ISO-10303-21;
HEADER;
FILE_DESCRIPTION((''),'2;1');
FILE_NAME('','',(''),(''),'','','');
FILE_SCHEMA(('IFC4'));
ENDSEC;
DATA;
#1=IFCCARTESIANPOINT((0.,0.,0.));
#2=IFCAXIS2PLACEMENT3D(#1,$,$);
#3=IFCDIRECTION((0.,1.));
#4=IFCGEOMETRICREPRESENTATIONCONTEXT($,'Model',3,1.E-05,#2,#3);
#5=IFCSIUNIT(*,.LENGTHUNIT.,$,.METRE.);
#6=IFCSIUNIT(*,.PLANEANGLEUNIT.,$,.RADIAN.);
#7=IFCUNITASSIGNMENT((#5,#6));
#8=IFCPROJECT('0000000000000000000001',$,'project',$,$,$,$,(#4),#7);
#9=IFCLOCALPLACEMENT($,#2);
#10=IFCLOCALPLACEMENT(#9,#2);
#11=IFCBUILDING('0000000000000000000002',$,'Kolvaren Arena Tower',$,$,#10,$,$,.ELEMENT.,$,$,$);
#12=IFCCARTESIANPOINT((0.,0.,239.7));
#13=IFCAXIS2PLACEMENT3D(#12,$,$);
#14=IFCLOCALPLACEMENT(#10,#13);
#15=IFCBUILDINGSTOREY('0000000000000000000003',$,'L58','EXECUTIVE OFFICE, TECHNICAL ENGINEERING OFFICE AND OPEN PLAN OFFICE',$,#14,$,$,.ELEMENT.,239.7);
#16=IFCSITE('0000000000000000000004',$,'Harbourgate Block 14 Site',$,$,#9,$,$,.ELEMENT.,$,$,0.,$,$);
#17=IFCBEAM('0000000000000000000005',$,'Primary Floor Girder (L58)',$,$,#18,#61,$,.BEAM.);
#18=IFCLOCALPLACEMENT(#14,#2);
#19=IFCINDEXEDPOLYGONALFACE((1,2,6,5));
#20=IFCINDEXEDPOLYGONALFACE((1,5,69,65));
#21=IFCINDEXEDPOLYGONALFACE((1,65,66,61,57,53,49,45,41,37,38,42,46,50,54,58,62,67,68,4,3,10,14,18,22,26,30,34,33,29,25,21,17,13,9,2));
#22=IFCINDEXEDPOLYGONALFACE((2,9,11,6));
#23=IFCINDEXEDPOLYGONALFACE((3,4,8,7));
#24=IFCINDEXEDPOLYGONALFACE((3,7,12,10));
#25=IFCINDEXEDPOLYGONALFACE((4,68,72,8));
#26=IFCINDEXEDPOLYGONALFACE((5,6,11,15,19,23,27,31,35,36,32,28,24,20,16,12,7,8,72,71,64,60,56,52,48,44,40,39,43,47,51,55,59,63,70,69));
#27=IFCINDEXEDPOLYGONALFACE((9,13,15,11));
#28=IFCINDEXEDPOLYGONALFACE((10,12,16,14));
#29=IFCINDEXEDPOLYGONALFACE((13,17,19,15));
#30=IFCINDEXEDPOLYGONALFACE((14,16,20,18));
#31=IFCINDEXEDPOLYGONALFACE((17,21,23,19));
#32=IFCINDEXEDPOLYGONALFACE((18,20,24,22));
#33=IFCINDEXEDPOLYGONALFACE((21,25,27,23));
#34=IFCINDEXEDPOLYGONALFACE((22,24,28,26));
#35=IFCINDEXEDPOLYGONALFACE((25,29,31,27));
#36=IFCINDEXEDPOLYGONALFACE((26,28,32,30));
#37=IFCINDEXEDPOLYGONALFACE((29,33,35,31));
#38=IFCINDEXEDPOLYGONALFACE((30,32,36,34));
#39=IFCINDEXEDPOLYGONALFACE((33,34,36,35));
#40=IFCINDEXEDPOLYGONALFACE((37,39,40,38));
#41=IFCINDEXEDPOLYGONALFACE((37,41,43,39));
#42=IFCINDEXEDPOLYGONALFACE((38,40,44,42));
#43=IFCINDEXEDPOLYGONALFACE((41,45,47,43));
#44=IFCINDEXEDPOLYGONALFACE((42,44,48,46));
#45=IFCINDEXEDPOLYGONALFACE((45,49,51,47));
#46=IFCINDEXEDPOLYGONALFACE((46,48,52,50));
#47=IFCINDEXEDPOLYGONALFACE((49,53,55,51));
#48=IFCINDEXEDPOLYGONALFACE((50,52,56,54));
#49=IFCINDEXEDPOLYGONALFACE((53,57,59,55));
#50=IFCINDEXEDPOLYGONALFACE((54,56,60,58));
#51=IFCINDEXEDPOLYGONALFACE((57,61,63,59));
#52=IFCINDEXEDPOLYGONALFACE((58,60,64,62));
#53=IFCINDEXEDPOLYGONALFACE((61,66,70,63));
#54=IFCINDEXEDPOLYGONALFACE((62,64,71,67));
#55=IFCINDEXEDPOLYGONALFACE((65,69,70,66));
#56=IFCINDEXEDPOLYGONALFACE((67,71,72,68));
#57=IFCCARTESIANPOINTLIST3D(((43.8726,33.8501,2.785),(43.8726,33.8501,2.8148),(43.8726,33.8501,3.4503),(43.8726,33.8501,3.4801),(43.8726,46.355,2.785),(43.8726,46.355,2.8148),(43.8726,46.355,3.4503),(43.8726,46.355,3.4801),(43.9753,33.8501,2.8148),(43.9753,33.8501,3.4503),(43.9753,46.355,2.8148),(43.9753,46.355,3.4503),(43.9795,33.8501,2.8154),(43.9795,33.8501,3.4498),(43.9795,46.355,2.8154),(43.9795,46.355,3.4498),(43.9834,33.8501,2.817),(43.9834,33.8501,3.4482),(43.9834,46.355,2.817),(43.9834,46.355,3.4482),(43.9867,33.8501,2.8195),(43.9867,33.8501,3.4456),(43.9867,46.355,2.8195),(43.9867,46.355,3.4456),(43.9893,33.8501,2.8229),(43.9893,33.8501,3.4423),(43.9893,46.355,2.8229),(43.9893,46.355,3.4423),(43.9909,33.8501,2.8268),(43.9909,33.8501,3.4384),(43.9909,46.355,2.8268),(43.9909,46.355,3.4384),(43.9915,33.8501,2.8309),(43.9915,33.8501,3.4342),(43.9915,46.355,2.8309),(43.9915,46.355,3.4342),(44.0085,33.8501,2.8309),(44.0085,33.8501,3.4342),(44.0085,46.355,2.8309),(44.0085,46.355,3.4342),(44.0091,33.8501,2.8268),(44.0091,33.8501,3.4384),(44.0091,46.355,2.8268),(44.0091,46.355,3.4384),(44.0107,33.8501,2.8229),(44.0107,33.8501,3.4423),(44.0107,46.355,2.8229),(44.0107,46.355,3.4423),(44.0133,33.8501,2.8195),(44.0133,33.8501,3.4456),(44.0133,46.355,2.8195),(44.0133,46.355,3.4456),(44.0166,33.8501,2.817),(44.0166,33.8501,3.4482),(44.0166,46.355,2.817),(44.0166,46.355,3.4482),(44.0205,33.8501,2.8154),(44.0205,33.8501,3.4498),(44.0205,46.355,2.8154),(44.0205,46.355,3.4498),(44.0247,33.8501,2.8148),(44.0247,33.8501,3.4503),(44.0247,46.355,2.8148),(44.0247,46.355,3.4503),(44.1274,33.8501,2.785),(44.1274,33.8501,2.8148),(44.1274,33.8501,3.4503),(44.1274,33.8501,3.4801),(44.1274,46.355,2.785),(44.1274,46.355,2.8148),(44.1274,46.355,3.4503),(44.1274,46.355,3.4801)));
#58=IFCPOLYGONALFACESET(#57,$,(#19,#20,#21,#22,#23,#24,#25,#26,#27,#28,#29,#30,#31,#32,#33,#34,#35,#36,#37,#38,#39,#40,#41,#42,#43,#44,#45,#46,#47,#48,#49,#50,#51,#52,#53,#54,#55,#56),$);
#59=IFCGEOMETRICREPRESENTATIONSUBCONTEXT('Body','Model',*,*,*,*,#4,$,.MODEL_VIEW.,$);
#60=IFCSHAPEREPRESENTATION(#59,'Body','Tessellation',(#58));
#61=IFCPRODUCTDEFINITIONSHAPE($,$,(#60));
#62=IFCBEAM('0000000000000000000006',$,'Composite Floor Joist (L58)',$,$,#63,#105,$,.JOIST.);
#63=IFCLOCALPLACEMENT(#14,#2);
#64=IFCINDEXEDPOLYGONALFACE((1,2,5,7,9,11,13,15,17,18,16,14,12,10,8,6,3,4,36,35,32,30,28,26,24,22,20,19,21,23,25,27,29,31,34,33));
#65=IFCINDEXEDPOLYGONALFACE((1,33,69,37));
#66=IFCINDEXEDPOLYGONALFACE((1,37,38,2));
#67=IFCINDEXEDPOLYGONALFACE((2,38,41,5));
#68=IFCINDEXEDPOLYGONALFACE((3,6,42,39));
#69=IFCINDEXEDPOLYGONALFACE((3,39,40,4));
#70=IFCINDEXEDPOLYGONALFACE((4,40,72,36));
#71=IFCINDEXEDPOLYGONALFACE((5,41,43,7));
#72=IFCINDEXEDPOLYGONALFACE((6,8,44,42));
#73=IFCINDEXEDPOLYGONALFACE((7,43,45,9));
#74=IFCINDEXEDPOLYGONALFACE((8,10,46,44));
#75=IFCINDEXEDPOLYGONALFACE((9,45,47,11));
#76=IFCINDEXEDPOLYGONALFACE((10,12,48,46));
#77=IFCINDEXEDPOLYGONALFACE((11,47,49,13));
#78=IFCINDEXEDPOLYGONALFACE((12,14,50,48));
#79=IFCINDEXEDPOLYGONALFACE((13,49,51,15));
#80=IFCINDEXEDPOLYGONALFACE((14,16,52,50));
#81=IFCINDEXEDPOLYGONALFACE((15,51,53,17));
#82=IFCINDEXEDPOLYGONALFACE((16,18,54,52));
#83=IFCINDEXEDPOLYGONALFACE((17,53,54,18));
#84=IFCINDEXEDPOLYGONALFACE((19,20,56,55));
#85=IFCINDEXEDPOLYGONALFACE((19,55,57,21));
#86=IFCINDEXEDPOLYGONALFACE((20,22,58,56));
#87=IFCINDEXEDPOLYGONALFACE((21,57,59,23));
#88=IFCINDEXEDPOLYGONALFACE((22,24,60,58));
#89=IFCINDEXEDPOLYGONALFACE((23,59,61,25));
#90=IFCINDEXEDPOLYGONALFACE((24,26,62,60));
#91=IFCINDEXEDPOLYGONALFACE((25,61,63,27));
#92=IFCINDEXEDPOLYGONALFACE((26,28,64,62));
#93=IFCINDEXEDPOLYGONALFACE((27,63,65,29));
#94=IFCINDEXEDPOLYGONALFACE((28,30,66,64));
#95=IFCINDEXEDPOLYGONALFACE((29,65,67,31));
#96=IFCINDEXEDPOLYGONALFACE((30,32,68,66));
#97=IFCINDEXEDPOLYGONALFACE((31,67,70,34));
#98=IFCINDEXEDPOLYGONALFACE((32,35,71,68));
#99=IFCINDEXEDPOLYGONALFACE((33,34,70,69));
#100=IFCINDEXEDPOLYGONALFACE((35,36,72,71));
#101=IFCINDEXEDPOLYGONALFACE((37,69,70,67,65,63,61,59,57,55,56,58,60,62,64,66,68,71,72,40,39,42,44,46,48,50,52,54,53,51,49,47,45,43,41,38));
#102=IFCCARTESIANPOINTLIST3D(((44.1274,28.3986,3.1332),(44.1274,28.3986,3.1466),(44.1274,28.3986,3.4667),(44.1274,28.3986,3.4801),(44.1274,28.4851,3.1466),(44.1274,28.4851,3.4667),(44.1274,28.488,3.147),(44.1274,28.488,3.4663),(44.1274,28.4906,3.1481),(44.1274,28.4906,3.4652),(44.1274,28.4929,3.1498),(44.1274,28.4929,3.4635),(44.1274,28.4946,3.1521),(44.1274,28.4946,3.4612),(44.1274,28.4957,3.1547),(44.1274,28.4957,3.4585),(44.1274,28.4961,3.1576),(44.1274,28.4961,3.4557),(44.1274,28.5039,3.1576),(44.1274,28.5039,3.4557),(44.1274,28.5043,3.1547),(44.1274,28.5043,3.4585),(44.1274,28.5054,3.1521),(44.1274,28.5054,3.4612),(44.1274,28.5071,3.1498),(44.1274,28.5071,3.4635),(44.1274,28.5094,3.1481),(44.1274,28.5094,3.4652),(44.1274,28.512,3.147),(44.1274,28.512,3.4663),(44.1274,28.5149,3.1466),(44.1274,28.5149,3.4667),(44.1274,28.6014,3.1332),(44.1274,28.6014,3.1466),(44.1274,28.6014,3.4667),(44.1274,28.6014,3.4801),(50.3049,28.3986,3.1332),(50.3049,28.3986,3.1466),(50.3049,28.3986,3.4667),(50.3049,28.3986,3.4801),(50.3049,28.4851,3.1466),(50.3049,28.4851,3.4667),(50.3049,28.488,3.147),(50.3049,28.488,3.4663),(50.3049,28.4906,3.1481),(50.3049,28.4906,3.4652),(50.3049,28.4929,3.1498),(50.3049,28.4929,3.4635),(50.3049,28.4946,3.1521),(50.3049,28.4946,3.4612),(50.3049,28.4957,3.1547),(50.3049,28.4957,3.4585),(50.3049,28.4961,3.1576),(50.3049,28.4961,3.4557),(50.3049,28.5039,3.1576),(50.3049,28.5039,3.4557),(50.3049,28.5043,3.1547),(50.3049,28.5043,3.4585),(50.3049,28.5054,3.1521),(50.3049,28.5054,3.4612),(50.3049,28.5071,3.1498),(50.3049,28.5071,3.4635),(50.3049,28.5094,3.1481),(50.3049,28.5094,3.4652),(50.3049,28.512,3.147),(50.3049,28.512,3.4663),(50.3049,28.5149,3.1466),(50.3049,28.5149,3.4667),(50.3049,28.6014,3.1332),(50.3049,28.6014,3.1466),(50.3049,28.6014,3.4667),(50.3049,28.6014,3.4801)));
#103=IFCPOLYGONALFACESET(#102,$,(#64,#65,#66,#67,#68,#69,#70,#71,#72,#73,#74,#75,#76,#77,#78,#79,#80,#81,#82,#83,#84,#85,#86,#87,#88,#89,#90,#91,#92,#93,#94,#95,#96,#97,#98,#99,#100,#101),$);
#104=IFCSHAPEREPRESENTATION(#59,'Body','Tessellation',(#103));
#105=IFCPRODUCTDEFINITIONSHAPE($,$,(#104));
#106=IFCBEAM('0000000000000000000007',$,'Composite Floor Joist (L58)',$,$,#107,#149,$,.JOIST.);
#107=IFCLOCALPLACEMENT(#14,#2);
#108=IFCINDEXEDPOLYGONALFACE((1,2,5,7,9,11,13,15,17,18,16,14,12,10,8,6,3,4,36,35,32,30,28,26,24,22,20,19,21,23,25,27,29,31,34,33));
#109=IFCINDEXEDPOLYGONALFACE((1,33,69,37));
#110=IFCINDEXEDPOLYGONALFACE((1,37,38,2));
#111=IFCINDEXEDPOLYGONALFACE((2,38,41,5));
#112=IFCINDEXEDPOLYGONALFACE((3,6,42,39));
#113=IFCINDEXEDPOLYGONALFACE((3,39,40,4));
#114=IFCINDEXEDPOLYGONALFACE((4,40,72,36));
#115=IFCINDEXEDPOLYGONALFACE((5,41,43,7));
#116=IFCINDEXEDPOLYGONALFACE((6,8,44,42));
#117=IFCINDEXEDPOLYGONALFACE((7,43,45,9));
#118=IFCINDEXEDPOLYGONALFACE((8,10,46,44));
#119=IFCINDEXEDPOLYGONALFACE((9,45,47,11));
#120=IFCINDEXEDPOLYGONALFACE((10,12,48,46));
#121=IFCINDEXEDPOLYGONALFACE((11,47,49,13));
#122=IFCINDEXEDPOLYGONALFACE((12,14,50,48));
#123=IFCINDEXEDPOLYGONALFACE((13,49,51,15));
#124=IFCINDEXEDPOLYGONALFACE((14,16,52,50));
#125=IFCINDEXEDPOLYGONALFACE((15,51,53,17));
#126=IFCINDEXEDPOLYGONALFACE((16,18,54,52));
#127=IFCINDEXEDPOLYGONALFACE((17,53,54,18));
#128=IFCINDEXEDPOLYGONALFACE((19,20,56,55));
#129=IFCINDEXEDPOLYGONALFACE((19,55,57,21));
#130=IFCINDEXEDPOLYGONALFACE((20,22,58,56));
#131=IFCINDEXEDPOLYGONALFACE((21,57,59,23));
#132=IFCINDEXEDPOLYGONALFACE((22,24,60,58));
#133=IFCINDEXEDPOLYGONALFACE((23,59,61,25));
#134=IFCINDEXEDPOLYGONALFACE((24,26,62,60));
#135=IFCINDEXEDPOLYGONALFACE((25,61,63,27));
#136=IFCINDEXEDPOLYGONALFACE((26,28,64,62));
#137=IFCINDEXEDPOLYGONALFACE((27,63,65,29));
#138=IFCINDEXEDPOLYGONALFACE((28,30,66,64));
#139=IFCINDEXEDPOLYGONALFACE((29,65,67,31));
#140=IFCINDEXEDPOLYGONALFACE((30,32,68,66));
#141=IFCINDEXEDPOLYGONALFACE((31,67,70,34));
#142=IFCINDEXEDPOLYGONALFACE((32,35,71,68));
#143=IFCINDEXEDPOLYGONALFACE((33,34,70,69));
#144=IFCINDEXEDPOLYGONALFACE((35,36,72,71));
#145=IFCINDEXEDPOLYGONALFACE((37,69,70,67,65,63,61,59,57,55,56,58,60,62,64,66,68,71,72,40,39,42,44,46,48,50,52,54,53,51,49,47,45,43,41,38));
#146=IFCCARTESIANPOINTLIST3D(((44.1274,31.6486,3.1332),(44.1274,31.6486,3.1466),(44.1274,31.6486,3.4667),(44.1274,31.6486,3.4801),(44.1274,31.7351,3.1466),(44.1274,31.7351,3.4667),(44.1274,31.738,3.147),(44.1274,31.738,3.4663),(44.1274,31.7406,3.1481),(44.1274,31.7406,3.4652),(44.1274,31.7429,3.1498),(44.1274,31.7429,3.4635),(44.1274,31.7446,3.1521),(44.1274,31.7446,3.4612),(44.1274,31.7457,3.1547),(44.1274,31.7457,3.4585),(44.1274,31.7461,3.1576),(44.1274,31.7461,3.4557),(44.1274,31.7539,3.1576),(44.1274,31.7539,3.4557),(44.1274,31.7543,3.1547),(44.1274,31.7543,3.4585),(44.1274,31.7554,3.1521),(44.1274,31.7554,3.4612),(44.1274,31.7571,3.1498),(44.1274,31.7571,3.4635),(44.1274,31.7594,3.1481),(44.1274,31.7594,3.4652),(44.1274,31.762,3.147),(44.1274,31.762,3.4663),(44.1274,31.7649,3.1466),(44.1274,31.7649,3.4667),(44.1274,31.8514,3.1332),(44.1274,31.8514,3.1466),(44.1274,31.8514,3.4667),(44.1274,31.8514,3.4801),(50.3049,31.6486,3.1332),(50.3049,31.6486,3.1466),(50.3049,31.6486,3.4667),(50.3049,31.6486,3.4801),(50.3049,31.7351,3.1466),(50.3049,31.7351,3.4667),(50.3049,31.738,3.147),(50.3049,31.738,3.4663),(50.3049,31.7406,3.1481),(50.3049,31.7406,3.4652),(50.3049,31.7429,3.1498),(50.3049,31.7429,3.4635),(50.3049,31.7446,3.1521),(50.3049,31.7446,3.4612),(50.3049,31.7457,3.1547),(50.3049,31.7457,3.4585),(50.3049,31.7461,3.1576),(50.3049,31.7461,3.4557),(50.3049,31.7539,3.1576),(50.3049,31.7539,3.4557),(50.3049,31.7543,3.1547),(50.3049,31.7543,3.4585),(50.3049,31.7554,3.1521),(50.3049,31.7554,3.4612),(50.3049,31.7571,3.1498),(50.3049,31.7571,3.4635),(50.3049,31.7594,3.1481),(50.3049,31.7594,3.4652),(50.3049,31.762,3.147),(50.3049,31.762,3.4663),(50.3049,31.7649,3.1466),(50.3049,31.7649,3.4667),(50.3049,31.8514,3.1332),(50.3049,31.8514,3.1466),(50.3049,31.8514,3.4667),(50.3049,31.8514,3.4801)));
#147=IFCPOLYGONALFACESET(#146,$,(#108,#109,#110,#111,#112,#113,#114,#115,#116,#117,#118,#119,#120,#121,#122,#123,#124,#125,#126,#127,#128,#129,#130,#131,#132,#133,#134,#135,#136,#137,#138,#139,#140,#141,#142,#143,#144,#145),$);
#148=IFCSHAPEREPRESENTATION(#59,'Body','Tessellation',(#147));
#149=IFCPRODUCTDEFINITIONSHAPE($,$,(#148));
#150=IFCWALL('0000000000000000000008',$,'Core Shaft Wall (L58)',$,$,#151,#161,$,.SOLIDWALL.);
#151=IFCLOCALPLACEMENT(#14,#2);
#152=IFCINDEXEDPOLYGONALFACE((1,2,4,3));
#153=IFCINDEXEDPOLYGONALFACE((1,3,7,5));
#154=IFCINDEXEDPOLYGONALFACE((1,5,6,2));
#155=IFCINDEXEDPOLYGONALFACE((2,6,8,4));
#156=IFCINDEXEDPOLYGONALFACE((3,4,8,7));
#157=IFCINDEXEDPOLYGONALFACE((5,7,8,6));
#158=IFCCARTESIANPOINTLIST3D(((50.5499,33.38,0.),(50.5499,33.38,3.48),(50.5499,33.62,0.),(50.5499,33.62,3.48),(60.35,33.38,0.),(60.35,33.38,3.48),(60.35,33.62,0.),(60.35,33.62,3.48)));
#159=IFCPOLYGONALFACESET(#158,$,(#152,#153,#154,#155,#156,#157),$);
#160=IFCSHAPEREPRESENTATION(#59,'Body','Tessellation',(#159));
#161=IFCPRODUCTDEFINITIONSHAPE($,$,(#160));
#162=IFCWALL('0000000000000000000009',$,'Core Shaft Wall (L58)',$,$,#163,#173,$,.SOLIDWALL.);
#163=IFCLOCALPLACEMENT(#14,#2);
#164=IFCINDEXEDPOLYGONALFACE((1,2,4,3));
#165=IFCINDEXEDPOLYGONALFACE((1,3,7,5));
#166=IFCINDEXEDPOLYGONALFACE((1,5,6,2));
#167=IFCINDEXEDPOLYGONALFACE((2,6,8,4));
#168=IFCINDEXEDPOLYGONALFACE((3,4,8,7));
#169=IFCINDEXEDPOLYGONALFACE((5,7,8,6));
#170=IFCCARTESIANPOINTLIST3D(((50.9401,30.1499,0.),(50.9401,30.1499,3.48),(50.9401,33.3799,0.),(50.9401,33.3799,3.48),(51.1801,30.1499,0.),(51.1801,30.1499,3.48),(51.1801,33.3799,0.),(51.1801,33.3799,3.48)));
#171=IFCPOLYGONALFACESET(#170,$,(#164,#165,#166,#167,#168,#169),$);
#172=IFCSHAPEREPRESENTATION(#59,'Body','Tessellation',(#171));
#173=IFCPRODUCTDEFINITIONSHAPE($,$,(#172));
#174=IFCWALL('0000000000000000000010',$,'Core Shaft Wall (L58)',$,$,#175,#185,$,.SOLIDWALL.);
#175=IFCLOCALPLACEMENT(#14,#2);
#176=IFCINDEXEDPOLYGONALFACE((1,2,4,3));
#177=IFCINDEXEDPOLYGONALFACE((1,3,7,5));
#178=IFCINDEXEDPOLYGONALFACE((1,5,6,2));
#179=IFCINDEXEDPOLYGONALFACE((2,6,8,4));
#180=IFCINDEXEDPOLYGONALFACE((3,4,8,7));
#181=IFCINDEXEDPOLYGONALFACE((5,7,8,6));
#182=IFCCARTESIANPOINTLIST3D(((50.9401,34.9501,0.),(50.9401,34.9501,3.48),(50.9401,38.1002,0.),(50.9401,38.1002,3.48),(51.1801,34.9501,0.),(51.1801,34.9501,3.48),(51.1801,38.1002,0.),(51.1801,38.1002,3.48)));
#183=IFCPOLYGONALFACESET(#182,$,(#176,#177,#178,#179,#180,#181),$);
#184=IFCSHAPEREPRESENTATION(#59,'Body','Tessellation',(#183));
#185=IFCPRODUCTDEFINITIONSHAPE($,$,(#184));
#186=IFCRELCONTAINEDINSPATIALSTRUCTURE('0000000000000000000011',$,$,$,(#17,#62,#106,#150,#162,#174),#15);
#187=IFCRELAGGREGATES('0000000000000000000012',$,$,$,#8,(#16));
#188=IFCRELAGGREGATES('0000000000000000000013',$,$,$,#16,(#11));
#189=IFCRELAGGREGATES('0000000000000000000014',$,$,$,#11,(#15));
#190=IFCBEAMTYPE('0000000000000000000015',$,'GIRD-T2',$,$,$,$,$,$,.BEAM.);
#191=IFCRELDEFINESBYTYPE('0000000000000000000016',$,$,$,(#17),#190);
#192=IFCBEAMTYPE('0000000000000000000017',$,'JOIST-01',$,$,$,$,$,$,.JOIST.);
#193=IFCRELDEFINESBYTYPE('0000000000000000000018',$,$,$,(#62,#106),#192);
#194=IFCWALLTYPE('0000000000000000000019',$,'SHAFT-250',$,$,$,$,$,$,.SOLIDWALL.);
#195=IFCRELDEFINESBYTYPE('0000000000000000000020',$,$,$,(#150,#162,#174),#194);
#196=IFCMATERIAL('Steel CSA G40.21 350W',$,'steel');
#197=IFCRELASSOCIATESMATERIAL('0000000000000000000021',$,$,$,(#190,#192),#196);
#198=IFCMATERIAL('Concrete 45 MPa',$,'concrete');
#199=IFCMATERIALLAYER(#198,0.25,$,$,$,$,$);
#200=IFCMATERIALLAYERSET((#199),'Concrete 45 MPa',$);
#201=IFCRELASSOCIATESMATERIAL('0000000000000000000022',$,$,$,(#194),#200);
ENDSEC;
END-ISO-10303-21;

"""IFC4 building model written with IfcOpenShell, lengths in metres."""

from ifc_helpers import new_model, si_unit, direction, frame, frame_2d, origin, origin_2d, place, context, subcontext, project, spatial, rectangle, i_section, extrude, material, layer, layer_set, material_profile, profile_set, type_object, element, save


model = new_model("IFC4")

# Units and contexts
model_context = context("Model", 3, precision=1e-05, world=origin(), true_north=direction((0.0, 1.0)))
body_context = subcontext(model_context, "Body", "Model", "MODEL_VIEW")
ifc_project = project(units=[si_unit("LENGTHUNIT", "METRE"), si_unit("PLANEANGLEUNIT", "RADIAN")], contexts=[model_context])

# Site, building, storey
site_placement = place(None, origin())
site = spatial("IfcSite", under=ifc_project, at=site_placement, Name="Harbourgate Block 14 Site", CompositionType="ELEMENT", RefElevation=0.0)
building_placement = place(site_placement, origin())
building = spatial("IfcBuilding", under=site, at=building_placement, Name="Kolvaren Arena Tower", CompositionType="ELEMENT")
storey_placement = place(building_placement, frame((0.0, 0.0, 239.7)))
storey = spatial("IfcBuildingStorey", under=building, at=storey_placement, Name="L58", Description="EXECUTIVE OFFICE, TECHNICAL ENGINEERING OFFICE AND OPEN PLAN OFFICE", CompositionType="ELEMENT", Elevation=239.7)

# Beams
ifc_material_1 = material(Name="Steel CSA G40.21 350W", Category="steel")
ifc_material_profile_1 = material_profile(ifc_material_1, i_section(OverallWidth=0.2549, OverallDepth=0.6951, WebThickness=0.0171, FlangeThickness=0.0298, FilletRadius=0.0161, at=origin_2d()), Name="W690x217")
ifc_profile_set_1 = profile_set([ifc_material_profile_1], Name="Steel CSA G40.21 350W")
beam_type_1 = type_object("IfcBeamType", Name="GIRD-T2", PredefinedType="BEAM", material=ifc_profile_set_1)
beam_1_placement = place(storey_placement, frame((44.0, 33.8501, 3.1326), z_axis=(0.0, 1.0, 0.0), x_axis=(-1.0, 0.0, 0.0)))
element("IfcBeam", 1, at=beam_1_placement, inside=storey, type_object=beam_type_1, Name="Primary Floor Girder (L58)", PredefinedType="BEAM", context=body_context, shape_type="SweptSolid", body=[
    extrude(i_section(OverallWidth=0.2549, OverallDepth=0.6951, WebThickness=0.0171, FlangeThickness=0.0298, FilletRadius=0.0161, at=origin_2d()), origin(), (0.0, 0.0, 1.0), 12.5049),
])
ifc_material_profile_2 = material_profile(ifc_material_1, i_section(OverallWidth=0.2029, OverallDepth=0.3469, WebThickness=0.0078, FlangeThickness=0.0134, FilletRadius=0.011, at=origin_2d()), Name="W360x64")
ifc_profile_set_2 = profile_set([ifc_material_profile_2], Name="Steel CSA G40.21 350W")
beam_type_2 = type_object("IfcBeamType", Name="JOIST-01", PredefinedType="JOIST", material=ifc_profile_set_2)
for number, where, z_axis, x_axis, name in (
    (2, (44.1274, 28.5, 3.3066), (1.0, 0.0, 0.0), (0.0, 1.0, 0.0), "Composite Floor Joist (L58)"),
    (3, (44.1274, 31.75, 3.3066), (1.0, 0.0, 0.0), (0.0, 1.0, 0.0), "Composite Floor Joist (L58)"),
):
    element("IfcBeam", number, at=place(storey_placement, frame(where, z_axis=z_axis, x_axis=x_axis)), inside=storey, type_object=beam_type_2, Name=name, PredefinedType="JOIST", context=body_context, shape_type="SweptSolid", body=[
        extrude(i_section(OverallWidth=0.2029, OverallDepth=0.3469, WebThickness=0.0078, FlangeThickness=0.0134, FilletRadius=0.011, at=origin_2d()), origin(), (0.0, 0.0, 1.0), 6.1775),
    ])

# Walls
ifc_material_2 = material(Name="Concrete 45 MPa", Category="concrete")
ifc_layer = layer(ifc_material_2, 0.25)
ifc_layer_set = layer_set([ifc_layer], Name="Concrete 45 MPa")
wall_type = type_object("IfcWallType", Name="SHAFT-250", PredefinedType="SOLIDWALL", material=ifc_layer_set)
wall_1_placement = place(storey_placement, frame((50.55, 33.5, 0.0), z_axis=(0.0, 0.0, 1.0), x_axis=(1.0, 0.0, 0.0)))
element("IfcWall", 4, at=wall_1_placement, inside=storey, type_object=wall_type, Name="Core Shaft Wall (L58)", PredefinedType="SOLIDWALL", context=body_context, shape_type="SweptSolid", body=[
    extrude(rectangle(XDim=9.8, YDim=0.24, at=frame_2d((4.8999, 0.0))), origin(), (0.0, 0.0, 1.0), 3.48),
])
wall_2_placement = place(storey_placement, frame((51.0601, 30.1499, 0.0), z_axis=(0.0, 0.0, 1.0), x_axis=(0.0, 1.0, 0.0)))
element("IfcWall", 5, at=wall_2_placement, inside=storey, type_object=wall_type, Name="Core Shaft Wall (L58)", PredefinedType="SOLIDWALL", context=body_context, shape_type="SweptSolid", body=[
    extrude(rectangle(XDim=3.23, YDim=0.24, at=frame_2d((1.615, 0.0))), origin(), (0.0, 0.0, 1.0), 3.48),
])
wall_3_placement = place(storey_placement, frame((51.0601, 34.95, 0.0), z_axis=(0.0, 0.0, 1.0), x_axis=(0.0, 1.0, 0.0)))
element("IfcWall", 6, at=wall_3_placement, inside=storey, type_object=wall_type, Name="Core Shaft Wall (L58)", PredefinedType="SOLIDWALL", context=body_context, shape_type="SweptSolid", body=[
    extrude(rectangle(XDim=3.1501, YDim=0.24, at=frame_2d((1.5752, 0.0))), origin(), (0.0, 0.0, 1.0), 3.48),
])

save(model, "model.ifc")
